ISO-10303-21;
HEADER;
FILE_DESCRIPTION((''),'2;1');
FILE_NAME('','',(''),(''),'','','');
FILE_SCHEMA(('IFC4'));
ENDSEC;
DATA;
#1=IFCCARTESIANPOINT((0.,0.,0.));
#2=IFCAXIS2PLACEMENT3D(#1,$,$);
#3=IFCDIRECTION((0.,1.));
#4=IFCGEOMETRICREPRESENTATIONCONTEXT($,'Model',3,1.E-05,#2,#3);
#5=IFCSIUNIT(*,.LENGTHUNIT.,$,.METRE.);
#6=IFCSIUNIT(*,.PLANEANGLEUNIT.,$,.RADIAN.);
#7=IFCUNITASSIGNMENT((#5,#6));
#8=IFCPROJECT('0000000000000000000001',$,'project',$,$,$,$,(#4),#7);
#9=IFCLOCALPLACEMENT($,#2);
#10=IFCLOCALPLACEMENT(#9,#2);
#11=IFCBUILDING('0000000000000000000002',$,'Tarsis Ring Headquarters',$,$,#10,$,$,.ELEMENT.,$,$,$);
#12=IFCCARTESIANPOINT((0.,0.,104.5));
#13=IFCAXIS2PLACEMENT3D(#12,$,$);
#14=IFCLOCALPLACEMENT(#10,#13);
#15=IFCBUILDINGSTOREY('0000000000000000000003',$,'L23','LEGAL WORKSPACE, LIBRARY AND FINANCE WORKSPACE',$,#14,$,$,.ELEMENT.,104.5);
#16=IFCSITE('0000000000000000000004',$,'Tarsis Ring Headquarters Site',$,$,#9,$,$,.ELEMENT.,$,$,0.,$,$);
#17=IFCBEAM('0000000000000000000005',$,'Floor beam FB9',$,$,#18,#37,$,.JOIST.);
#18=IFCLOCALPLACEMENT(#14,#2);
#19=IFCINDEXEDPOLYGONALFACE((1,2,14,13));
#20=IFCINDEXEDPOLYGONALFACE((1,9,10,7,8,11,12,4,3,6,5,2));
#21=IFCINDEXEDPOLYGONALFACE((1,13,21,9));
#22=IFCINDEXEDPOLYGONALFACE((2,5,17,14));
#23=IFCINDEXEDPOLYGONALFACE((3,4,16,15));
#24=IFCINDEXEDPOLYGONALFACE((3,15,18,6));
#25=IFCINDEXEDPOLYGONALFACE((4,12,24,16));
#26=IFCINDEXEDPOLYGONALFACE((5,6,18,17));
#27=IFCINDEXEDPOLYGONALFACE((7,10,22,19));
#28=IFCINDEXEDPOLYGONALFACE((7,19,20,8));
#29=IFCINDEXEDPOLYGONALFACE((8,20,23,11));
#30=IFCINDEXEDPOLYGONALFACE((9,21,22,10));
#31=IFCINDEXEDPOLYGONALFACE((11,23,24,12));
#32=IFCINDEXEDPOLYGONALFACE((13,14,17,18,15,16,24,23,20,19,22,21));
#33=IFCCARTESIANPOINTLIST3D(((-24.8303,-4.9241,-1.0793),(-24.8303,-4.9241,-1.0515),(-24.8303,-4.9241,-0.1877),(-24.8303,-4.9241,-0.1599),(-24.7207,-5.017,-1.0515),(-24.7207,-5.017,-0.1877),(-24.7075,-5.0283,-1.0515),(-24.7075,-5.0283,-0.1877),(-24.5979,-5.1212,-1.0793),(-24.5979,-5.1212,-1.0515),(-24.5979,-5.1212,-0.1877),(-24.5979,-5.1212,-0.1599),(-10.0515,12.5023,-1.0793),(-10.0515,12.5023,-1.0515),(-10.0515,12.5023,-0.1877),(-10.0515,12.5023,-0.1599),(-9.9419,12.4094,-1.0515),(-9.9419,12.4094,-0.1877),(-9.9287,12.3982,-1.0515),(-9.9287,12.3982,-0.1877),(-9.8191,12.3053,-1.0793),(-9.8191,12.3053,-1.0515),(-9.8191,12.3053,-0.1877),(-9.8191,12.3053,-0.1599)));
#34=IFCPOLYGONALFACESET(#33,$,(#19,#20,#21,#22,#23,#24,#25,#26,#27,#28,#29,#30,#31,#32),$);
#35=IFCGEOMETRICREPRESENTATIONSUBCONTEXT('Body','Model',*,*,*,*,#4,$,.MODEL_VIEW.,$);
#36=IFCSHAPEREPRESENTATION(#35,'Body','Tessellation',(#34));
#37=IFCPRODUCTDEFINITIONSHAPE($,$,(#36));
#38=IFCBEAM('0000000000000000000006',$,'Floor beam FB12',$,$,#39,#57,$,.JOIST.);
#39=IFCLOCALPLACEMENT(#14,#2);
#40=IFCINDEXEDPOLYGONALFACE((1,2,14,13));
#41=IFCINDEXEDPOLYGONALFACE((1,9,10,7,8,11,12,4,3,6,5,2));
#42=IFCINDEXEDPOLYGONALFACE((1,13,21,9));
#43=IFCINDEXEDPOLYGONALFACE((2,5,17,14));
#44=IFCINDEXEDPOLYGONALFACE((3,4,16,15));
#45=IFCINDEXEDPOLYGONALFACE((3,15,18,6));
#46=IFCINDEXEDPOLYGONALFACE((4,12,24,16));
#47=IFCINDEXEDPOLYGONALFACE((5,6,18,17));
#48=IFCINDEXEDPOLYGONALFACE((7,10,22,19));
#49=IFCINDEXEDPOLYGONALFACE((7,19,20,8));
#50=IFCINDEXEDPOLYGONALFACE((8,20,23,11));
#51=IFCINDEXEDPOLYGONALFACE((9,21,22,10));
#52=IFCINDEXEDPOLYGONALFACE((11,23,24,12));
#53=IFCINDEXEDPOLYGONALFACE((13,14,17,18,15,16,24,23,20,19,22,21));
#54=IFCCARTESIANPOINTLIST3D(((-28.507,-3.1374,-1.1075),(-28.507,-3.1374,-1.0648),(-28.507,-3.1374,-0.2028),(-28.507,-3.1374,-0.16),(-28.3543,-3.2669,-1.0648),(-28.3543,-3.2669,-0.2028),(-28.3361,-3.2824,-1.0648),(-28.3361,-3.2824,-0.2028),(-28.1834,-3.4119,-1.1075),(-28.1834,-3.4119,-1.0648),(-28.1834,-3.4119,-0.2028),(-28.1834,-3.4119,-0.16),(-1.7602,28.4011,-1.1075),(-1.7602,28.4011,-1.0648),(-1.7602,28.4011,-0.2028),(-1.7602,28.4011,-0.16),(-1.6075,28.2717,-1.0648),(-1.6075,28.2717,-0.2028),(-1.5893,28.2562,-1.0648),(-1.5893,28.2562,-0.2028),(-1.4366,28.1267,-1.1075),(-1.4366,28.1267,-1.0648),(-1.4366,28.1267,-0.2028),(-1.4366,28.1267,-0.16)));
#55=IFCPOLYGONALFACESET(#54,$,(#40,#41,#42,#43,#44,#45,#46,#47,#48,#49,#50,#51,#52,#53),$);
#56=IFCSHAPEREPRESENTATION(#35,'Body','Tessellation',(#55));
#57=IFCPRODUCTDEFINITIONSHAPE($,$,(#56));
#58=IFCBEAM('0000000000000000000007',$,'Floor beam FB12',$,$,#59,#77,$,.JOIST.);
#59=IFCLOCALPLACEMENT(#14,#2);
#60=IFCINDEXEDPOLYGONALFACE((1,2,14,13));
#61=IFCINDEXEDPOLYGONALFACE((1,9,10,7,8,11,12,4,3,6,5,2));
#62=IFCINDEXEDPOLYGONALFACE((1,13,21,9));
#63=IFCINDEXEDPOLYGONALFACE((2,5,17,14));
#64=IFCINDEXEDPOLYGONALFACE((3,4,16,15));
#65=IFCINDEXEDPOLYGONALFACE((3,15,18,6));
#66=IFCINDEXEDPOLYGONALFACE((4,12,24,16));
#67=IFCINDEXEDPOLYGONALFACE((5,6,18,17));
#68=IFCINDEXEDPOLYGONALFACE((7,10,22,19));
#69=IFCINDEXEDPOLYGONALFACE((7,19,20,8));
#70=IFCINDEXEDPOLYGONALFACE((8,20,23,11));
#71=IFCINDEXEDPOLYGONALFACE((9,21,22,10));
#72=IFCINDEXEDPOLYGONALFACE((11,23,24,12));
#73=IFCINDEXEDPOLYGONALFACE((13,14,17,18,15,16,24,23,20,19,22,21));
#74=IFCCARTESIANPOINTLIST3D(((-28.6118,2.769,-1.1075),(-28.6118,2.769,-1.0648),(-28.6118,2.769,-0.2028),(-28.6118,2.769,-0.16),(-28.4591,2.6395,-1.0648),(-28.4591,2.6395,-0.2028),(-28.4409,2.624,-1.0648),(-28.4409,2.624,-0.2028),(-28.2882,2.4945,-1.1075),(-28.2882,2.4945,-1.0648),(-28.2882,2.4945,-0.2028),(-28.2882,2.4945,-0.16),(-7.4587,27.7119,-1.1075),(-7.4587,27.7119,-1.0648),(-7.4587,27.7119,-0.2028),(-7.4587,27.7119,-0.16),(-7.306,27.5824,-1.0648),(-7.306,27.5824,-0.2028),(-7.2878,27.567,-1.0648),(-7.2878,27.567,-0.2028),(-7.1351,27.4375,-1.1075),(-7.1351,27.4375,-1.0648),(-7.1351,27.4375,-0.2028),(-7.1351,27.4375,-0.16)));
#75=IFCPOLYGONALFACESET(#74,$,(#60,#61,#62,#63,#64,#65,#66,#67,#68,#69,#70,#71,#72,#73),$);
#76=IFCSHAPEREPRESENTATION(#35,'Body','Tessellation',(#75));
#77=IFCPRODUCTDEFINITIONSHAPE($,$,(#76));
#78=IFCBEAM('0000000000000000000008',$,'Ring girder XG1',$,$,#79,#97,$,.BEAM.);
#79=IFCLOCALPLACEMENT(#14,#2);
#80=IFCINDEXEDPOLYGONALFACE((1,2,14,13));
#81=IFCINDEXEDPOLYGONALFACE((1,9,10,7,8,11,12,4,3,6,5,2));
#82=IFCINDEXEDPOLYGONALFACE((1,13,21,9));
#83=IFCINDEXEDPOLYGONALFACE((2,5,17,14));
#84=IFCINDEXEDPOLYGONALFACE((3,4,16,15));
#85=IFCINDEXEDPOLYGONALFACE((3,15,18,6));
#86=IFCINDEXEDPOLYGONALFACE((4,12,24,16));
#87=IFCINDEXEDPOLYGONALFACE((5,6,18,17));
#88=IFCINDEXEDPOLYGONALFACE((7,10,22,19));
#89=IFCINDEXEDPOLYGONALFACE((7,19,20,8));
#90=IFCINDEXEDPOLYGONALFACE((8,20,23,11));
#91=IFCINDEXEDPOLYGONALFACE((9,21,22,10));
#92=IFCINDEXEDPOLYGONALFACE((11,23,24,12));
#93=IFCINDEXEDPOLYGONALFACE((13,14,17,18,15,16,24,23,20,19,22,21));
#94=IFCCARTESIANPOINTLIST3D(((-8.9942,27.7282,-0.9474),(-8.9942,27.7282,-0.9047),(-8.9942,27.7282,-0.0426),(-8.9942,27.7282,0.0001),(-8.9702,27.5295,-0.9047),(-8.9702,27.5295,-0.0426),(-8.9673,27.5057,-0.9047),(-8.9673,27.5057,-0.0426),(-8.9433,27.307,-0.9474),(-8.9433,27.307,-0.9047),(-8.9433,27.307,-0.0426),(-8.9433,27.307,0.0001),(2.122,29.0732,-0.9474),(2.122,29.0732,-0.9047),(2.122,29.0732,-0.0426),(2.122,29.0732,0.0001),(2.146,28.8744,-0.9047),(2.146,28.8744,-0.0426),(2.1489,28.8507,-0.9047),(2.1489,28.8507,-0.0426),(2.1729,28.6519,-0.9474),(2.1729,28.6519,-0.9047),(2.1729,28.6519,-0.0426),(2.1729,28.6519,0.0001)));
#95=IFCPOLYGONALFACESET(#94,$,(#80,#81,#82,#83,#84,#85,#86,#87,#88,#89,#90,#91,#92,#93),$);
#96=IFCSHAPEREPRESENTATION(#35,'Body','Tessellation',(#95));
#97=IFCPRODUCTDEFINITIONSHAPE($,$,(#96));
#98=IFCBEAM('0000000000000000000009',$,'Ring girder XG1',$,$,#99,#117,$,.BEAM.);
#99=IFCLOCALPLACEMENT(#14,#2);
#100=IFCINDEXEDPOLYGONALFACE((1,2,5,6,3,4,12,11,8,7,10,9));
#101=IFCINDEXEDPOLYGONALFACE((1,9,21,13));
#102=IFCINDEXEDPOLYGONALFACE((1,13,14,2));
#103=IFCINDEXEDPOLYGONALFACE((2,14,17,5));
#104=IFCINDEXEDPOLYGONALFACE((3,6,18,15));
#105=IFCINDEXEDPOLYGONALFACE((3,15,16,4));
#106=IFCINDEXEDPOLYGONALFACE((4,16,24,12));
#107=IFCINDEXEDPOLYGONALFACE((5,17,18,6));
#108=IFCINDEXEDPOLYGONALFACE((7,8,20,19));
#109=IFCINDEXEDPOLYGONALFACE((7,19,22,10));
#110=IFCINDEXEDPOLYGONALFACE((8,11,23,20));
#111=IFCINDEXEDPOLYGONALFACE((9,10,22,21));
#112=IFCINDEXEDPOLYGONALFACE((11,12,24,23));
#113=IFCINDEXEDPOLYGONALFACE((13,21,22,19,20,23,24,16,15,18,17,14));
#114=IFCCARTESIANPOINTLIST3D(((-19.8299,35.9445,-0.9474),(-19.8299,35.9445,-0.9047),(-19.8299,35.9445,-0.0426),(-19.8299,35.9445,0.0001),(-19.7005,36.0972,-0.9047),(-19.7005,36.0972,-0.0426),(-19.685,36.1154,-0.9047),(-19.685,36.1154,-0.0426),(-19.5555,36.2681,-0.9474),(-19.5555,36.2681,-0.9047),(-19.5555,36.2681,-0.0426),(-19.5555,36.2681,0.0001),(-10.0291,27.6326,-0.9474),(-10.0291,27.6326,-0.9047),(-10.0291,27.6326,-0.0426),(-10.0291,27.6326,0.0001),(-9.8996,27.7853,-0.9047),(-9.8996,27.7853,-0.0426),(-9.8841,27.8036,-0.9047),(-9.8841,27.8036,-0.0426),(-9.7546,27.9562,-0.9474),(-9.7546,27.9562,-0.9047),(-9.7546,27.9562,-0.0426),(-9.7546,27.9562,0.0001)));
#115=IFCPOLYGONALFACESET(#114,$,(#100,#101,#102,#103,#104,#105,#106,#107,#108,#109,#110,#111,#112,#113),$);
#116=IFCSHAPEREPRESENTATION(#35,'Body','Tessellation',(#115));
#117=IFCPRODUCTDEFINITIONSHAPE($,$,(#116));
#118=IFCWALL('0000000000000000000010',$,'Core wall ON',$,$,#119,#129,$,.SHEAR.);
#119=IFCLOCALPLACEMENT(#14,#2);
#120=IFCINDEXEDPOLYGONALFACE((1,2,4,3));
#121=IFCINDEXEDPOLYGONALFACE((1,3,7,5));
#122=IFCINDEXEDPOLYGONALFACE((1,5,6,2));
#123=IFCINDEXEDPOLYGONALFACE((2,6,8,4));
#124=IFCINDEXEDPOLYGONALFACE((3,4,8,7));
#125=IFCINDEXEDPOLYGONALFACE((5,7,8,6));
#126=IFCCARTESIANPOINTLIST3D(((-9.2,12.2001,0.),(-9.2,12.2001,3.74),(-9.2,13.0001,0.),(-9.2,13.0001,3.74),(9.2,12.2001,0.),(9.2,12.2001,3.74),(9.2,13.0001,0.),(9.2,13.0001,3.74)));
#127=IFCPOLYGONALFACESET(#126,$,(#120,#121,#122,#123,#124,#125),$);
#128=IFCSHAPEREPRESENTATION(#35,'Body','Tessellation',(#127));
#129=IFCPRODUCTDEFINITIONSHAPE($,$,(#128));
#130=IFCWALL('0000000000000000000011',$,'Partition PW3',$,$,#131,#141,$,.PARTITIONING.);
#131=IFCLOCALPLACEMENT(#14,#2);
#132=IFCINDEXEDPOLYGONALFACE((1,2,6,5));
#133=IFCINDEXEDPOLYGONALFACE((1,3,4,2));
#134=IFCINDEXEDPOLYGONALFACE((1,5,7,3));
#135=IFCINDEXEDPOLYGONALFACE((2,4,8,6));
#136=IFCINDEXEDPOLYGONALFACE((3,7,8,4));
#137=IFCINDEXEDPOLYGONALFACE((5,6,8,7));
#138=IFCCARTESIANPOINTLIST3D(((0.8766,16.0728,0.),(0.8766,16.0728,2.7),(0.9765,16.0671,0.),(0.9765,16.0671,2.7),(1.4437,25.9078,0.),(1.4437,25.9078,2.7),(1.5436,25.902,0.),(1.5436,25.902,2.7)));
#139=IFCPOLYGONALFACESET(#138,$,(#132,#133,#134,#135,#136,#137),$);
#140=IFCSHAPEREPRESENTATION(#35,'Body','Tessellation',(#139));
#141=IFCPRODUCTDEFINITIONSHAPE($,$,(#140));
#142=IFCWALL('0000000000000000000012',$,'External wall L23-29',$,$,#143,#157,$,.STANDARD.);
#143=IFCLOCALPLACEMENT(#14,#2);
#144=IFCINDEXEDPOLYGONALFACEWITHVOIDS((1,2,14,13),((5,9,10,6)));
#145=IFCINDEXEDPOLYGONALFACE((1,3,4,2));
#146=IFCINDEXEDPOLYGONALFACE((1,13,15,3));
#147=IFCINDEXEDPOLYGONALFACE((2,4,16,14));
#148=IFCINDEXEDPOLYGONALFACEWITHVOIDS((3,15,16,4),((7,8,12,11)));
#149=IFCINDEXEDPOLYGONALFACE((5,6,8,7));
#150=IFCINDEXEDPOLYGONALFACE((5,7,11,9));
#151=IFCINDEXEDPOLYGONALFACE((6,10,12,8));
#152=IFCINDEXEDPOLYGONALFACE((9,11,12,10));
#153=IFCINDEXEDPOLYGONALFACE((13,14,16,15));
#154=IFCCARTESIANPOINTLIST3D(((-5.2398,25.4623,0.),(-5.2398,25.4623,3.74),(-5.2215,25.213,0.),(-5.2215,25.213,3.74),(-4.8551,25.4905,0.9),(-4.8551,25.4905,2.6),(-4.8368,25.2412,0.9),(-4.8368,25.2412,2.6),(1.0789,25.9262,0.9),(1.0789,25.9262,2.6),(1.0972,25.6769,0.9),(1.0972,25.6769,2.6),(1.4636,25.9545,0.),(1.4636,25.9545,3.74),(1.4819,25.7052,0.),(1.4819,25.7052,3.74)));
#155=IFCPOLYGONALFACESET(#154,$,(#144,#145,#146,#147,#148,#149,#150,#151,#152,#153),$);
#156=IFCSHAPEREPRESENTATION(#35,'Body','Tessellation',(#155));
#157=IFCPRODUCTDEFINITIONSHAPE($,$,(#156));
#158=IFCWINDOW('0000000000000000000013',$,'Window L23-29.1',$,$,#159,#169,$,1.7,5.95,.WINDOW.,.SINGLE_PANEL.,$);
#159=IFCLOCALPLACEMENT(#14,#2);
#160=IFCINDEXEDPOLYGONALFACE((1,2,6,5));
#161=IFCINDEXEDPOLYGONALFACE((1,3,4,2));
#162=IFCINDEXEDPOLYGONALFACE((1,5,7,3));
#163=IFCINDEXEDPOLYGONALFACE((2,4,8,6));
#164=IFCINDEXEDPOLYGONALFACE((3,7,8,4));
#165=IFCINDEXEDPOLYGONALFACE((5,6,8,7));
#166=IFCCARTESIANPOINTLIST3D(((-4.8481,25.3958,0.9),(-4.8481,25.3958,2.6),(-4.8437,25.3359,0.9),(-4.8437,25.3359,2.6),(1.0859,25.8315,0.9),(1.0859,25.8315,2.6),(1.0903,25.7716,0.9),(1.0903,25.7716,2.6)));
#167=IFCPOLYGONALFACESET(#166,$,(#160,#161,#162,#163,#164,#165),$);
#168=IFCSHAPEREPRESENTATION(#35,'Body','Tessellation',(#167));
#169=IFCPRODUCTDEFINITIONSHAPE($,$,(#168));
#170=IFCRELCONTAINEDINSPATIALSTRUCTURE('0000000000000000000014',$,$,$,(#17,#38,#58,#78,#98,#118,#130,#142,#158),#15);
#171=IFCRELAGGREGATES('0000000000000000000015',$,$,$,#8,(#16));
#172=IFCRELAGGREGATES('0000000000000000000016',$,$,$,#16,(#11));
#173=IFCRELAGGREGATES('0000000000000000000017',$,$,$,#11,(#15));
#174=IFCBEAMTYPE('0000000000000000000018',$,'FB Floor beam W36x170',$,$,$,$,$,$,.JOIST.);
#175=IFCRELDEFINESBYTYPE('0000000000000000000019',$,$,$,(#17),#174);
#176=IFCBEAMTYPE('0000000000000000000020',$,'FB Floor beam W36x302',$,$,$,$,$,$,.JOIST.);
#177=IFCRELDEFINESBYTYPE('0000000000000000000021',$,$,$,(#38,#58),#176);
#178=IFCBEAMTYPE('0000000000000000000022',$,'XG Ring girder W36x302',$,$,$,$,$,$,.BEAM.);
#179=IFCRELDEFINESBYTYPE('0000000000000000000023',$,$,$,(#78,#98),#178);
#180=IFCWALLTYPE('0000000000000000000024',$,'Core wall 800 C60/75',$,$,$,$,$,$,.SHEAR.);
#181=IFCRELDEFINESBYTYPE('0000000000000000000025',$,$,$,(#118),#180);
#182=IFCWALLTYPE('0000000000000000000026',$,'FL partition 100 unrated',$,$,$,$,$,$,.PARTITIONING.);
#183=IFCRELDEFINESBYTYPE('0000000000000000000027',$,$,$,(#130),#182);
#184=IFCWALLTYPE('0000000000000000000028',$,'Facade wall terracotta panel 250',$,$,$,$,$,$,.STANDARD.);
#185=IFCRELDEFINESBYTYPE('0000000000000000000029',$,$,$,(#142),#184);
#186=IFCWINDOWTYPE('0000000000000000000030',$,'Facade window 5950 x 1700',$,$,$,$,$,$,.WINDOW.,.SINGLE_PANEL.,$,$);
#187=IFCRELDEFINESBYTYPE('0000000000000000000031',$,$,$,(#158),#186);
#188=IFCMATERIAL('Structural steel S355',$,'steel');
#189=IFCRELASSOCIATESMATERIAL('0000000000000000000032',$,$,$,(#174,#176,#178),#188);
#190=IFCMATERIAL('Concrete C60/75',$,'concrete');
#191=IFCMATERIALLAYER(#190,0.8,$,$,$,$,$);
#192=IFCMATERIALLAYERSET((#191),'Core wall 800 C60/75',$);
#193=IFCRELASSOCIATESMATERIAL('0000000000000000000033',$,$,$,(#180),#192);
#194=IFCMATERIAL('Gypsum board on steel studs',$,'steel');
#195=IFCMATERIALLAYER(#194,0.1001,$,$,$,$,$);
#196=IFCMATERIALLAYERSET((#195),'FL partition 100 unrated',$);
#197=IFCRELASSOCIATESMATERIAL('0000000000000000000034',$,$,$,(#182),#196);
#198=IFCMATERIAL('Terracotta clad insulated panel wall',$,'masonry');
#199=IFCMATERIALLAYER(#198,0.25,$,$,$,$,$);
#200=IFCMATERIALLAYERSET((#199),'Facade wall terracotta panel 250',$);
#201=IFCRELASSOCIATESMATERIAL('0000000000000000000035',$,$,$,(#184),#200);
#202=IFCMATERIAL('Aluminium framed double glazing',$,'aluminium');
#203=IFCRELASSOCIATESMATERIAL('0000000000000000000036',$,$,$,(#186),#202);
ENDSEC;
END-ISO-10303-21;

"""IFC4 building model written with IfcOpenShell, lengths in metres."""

from ifc_helpers import new_model, si_unit, direction, frame, frame_2d, origin, origin_2d, place, context, subcontext, project, spatial, rectangle, i_section, extrude, material, layer, layer_set, material_profile, profile_set, type_object, element, fill, save


model = new_model("IFC4")

# Units and contexts
model_context = context("Model", 3, precision=1e-05, world=origin(), true_north=direction((0.0, 1.0)))
body_context = subcontext(model_context, "Body", "Model", "MODEL_VIEW")
ifc_project = project(units=[si_unit("LENGTHUNIT", "METRE"), si_unit("PLANEANGLEUNIT", "RADIAN")], contexts=[model_context])

# Site, building, storey
site_placement = place(None, origin())
site = spatial("IfcSite", under=ifc_project, at=site_placement, Name="Tarsis Ring Headquarters Site", CompositionType="ELEMENT", RefElevation=0.0)
building_placement = place(site_placement, origin())
building = spatial("IfcBuilding", under=site, at=building_placement, Name="Tarsis Ring Headquarters", CompositionType="ELEMENT")
storey_placement = place(building_placement, frame((0.0, 0.0, 104.5)))
storey = spatial("IfcBuildingStorey", under=building, at=storey_placement, Name="L23", Description="LEGAL WORKSPACE, LIBRARY AND FINANCE WORKSPACE", CompositionType="ELEMENT", Elevation=104.5)

# Shared definitions
ifc_material_1 = material(Name="Structural steel S355", Category="steel")

# Beams
ifc_material_profile_1 = material_profile(ifc_material_1, i_section(OverallWidth=0.3047, OverallDepth=0.9194, WebThickness=0.0173, FlangeThickness=0.0278, at=origin_2d()), Name="W36x170")
ifc_profile_set_1 = profile_set([ifc_material_profile_1], Name="Structural steel S355")
beam_type_1 = type_object("IfcBeamType", Name="FB Floor beam W36x170", PredefinedType="JOIST", material=ifc_profile_set_1)
beam_1_placement = place(storey_placement, frame((-9.9353, 12.4038, -0.6196), z_axis=(-0.646791, -0.762667, 0.0), x_axis=(0.762667, -0.646791, 0.0)))
element("IfcBeam", 1, at=beam_1_placement, inside=storey, type_object=beam_type_1, Name="Floor beam FB9", PredefinedType="JOIST", context=body_context, shape_type="SweptSolid", body=[
    extrude(i_section(OverallWidth=0.3047, OverallDepth=0.9194, WebThickness=0.0173, FlangeThickness=0.0278, at=origin_2d()), origin(), (0.0, 0.0, 1.0), 22.8494),
])
ifc_material_profile_2 = material_profile(ifc_material_1, i_section(OverallWidth=0.4243, OverallDepth=0.9475, WebThickness=0.0239, FlangeThickness=0.0427, at=origin_2d()), Name="W36x302")
ifc_profile_set_2 = profile_set([ifc_material_profile_2], Name="Structural steel S355")
beam_type_2 = type_object("IfcBeamType", Name="FB Floor beam W36x302", PredefinedType="JOIST", material=ifc_profile_set_2)
beam_2_placement = place(storey_placement, frame((-1.5984, 28.2639, -0.6338), z_axis=(-0.646792, -0.762666, 0.0), x_axis=(0.762666, -0.646792, 0.0)))
element("IfcBeam", 2, at=beam_2_placement, inside=storey, type_object=beam_type_2, Name="Floor beam FB12", PredefinedType="JOIST", context=body_context, shape_type="SweptSolid", body=[
    extrude(i_section(OverallWidth=0.4243, OverallDepth=0.9475, WebThickness=0.0239, FlangeThickness=0.0427, at=origin_2d()), origin(), (0.0, 0.0, 1.0), 41.353),
])
beam_3_placement = place(storey_placement, frame((-7.2969, 27.5747, -0.6338), z_axis=(-0.646789, -0.762669, 0.0), x_axis=(0.762669, -0.646789, 0.0)))
element("IfcBeam", 3, at=beam_3_placement, inside=storey, type_object=beam_type_2, Name="Floor beam FB12", PredefinedType="JOIST", context=body_context, shape_type="SweptSolid", body=[
    extrude(i_section(OverallWidth=0.4243, OverallDepth=0.9475, WebThickness=0.0239, FlangeThickness=0.0427, at=origin_2d()), origin(), (0.0, 0.0, 1.0), 32.7048),
])
beam_type_3 = type_object("IfcBeamType", Name="XG Ring girder W36x302", PredefinedType="BEAM", material=ifc_profile_set_2)
beam_4_placement = place(storey_placement, frame((2.1475, 28.8625, -0.4736), z_axis=(-0.99276, -0.120116, 0.0), x_axis=(0.120116, -0.99276, 0.0)))
element("IfcBeam", 4, at=beam_4_placement, inside=storey, type_object=beam_type_3, Name="Ring girder XG1", PredefinedType="BEAM", context=body_context, shape_type="SweptSolid", body=[
    extrude(i_section(OverallWidth=0.4243, OverallDepth=0.9475, WebThickness=0.0239, FlangeThickness=0.0427, at=origin_2d()), origin(), (0.0, 0.0, 1.0), 11.1973),
])
beam_5_placement = place(storey_placement, frame((-9.8918, 27.7944, -0.4736), z_axis=(-0.762664, 0.646794, 0.0), x_axis=(-0.646794, -0.762664, 0.0)))
element("IfcBeam", 5, at=beam_5_placement, inside=storey, type_object=beam_type_3, Name="Ring girder XG1", PredefinedType="BEAM", context=body_context, shape_type="SweptSolid", body=[
    extrude(i_section(OverallWidth=0.4243, OverallDepth=0.9475, WebThickness=0.0239, FlangeThickness=0.0427, at=origin_2d()), origin(), (0.0, 0.0, 1.0), 12.8508),
])

# Walls
ifc_material_2 = material(Name="Concrete C60/75", Category="concrete")
ifc_layer_1 = layer(ifc_material_2, 0.8)
ifc_layer_set_1 = layer_set([ifc_layer_1], Name="Core wall 800 C60/75")
wall_type_1 = type_object("IfcWallType", Name="Core wall 800 C60/75", PredefinedType="SHEAR", material=ifc_layer_set_1)
wall_1_placement = place(storey_placement, frame((-9.2, 12.6001, 0.0), z_axis=(0.0, 0.0, 1.0), x_axis=(1.0, 0.0, 0.0)))
element("IfcWall", 6, at=wall_1_placement, inside=storey, type_object=wall_type_1, Name="Core wall ON", PredefinedType="SHEAR", context=body_context, shape_type="SweptSolid", body=[
    extrude(rectangle(XDim=18.3999, YDim=0.8, at=frame_2d((9.2, 0.0))), origin(), (0.0, 0.0, 1.0), 3.74),
])
ifc_material_3 = material(Name="Gypsum board on steel studs", Category="steel")
ifc_layer_2 = layer(ifc_material_3, 0.1001)
ifc_layer_set_2 = layer_set([ifc_layer_2], Name="FL partition 100 unrated")
wall_type_2 = type_object("IfcWallType", Name="FL partition 100 unrated", PredefinedType="PARTITIONING", material=ifc_layer_set_2)
wall_2_placement = place(storey_placement, frame((0.9265, 16.0698, 0.0), z_axis=(0.0, 0.0, 1.0), x_axis=(0.05757, 0.998341, 0.0)))
element("IfcWall", 7, at=wall_2_placement, inside=storey, type_object=wall_type_2, Name="Partition PW3", PredefinedType="PARTITIONING", context=body_context, shape_type="SweptSolid", body=[
    extrude(rectangle(XDim=9.8513, YDim=0.1001, at=frame_2d((4.9258, 0.0))), origin(), (0.0, 0.0, 1.0), 2.7),
])

# Wall, opening, window
ifc_material_4 = material(Name="Terracotta clad insulated panel wall", Category="masonry")
ifc_layer_3 = layer(ifc_material_4, 0.25)
ifc_layer_set_3 = layer_set([ifc_layer_3], Name="Facade wall terracotta panel 250")
wall_type_3 = type_object("IfcWallType", Name="Facade wall terracotta panel 250", PredefinedType="STANDARD", material=ifc_layer_set_3)
wall_3_placement = place(storey_placement, frame((1.4729, 25.8298, 0.0), z_axis=(0.0, 0.0, 1.0), x_axis=(-0.997315, -0.073227, 0.0)))
wall_3 = element("IfcWall", 8, at=wall_3_placement, inside=storey, type_object=wall_type_3, Name="External wall L23-29", PredefinedType="STANDARD", context=body_context, shape_type="SweptSolid", body=[
    extrude(rectangle(XDim=6.7214, YDim=0.25, at=frame_2d((3.3608, 0.0))), origin(), (0.0, 0.0, 1.0), 3.74),
])
opening_1_placement = place(wall_3_placement, frame((0.3857, 0.0, 0.8999)))
opening_1 = element("IfcOpeningElement", 9, at=opening_1_placement, cuts=wall_3, PredefinedType="OPENING", context=body_context, shape_type="SweptSolid", body=[
    extrude(rectangle(XDim=5.95, YDim=1.7, at=frame_2d((2.9751, 0.8501))), frame((0.0, 0.135, 0.0), z_axis=(0.0, -1.0, 0.0), x_axis=(1.0, 0.0, 0.0)), (0.0, 0.0, 1.0), 0.27),
])
ifc_material_5 = material(Name="Aluminium framed double glazing", Category="aluminium")
window_type_1 = type_object("IfcWindowType", Name="Facade window 5950 x 1700", PartitioningType="SINGLE_PANEL", PredefinedType="WINDOW", material=ifc_material_5)
window_1_placement = place(opening_1_placement, origin())
window_1 = element("IfcWindow", 10, at=window_1_placement, inside=storey, type_object=window_type_1, Name="Window L23-29.1", OverallHeight=1.7, OverallWidth=5.95, PartitioningType="SINGLE_PANEL", PredefinedType="WINDOW", context=body_context, shape_type="SweptSolid", body=[
    extrude(rectangle(XDim=5.95, YDim=1.7, at=frame_2d((2.9751, 0.8501))), frame((0.0, 0.03, 0.0), z_axis=(0.0, -1.0, 0.0), x_axis=(1.0, 0.0, 0.0)), (0.0, 0.0, 1.0), 0.0601),
])
fill(opening_1, window_1)

save(model, "model.ifc")
